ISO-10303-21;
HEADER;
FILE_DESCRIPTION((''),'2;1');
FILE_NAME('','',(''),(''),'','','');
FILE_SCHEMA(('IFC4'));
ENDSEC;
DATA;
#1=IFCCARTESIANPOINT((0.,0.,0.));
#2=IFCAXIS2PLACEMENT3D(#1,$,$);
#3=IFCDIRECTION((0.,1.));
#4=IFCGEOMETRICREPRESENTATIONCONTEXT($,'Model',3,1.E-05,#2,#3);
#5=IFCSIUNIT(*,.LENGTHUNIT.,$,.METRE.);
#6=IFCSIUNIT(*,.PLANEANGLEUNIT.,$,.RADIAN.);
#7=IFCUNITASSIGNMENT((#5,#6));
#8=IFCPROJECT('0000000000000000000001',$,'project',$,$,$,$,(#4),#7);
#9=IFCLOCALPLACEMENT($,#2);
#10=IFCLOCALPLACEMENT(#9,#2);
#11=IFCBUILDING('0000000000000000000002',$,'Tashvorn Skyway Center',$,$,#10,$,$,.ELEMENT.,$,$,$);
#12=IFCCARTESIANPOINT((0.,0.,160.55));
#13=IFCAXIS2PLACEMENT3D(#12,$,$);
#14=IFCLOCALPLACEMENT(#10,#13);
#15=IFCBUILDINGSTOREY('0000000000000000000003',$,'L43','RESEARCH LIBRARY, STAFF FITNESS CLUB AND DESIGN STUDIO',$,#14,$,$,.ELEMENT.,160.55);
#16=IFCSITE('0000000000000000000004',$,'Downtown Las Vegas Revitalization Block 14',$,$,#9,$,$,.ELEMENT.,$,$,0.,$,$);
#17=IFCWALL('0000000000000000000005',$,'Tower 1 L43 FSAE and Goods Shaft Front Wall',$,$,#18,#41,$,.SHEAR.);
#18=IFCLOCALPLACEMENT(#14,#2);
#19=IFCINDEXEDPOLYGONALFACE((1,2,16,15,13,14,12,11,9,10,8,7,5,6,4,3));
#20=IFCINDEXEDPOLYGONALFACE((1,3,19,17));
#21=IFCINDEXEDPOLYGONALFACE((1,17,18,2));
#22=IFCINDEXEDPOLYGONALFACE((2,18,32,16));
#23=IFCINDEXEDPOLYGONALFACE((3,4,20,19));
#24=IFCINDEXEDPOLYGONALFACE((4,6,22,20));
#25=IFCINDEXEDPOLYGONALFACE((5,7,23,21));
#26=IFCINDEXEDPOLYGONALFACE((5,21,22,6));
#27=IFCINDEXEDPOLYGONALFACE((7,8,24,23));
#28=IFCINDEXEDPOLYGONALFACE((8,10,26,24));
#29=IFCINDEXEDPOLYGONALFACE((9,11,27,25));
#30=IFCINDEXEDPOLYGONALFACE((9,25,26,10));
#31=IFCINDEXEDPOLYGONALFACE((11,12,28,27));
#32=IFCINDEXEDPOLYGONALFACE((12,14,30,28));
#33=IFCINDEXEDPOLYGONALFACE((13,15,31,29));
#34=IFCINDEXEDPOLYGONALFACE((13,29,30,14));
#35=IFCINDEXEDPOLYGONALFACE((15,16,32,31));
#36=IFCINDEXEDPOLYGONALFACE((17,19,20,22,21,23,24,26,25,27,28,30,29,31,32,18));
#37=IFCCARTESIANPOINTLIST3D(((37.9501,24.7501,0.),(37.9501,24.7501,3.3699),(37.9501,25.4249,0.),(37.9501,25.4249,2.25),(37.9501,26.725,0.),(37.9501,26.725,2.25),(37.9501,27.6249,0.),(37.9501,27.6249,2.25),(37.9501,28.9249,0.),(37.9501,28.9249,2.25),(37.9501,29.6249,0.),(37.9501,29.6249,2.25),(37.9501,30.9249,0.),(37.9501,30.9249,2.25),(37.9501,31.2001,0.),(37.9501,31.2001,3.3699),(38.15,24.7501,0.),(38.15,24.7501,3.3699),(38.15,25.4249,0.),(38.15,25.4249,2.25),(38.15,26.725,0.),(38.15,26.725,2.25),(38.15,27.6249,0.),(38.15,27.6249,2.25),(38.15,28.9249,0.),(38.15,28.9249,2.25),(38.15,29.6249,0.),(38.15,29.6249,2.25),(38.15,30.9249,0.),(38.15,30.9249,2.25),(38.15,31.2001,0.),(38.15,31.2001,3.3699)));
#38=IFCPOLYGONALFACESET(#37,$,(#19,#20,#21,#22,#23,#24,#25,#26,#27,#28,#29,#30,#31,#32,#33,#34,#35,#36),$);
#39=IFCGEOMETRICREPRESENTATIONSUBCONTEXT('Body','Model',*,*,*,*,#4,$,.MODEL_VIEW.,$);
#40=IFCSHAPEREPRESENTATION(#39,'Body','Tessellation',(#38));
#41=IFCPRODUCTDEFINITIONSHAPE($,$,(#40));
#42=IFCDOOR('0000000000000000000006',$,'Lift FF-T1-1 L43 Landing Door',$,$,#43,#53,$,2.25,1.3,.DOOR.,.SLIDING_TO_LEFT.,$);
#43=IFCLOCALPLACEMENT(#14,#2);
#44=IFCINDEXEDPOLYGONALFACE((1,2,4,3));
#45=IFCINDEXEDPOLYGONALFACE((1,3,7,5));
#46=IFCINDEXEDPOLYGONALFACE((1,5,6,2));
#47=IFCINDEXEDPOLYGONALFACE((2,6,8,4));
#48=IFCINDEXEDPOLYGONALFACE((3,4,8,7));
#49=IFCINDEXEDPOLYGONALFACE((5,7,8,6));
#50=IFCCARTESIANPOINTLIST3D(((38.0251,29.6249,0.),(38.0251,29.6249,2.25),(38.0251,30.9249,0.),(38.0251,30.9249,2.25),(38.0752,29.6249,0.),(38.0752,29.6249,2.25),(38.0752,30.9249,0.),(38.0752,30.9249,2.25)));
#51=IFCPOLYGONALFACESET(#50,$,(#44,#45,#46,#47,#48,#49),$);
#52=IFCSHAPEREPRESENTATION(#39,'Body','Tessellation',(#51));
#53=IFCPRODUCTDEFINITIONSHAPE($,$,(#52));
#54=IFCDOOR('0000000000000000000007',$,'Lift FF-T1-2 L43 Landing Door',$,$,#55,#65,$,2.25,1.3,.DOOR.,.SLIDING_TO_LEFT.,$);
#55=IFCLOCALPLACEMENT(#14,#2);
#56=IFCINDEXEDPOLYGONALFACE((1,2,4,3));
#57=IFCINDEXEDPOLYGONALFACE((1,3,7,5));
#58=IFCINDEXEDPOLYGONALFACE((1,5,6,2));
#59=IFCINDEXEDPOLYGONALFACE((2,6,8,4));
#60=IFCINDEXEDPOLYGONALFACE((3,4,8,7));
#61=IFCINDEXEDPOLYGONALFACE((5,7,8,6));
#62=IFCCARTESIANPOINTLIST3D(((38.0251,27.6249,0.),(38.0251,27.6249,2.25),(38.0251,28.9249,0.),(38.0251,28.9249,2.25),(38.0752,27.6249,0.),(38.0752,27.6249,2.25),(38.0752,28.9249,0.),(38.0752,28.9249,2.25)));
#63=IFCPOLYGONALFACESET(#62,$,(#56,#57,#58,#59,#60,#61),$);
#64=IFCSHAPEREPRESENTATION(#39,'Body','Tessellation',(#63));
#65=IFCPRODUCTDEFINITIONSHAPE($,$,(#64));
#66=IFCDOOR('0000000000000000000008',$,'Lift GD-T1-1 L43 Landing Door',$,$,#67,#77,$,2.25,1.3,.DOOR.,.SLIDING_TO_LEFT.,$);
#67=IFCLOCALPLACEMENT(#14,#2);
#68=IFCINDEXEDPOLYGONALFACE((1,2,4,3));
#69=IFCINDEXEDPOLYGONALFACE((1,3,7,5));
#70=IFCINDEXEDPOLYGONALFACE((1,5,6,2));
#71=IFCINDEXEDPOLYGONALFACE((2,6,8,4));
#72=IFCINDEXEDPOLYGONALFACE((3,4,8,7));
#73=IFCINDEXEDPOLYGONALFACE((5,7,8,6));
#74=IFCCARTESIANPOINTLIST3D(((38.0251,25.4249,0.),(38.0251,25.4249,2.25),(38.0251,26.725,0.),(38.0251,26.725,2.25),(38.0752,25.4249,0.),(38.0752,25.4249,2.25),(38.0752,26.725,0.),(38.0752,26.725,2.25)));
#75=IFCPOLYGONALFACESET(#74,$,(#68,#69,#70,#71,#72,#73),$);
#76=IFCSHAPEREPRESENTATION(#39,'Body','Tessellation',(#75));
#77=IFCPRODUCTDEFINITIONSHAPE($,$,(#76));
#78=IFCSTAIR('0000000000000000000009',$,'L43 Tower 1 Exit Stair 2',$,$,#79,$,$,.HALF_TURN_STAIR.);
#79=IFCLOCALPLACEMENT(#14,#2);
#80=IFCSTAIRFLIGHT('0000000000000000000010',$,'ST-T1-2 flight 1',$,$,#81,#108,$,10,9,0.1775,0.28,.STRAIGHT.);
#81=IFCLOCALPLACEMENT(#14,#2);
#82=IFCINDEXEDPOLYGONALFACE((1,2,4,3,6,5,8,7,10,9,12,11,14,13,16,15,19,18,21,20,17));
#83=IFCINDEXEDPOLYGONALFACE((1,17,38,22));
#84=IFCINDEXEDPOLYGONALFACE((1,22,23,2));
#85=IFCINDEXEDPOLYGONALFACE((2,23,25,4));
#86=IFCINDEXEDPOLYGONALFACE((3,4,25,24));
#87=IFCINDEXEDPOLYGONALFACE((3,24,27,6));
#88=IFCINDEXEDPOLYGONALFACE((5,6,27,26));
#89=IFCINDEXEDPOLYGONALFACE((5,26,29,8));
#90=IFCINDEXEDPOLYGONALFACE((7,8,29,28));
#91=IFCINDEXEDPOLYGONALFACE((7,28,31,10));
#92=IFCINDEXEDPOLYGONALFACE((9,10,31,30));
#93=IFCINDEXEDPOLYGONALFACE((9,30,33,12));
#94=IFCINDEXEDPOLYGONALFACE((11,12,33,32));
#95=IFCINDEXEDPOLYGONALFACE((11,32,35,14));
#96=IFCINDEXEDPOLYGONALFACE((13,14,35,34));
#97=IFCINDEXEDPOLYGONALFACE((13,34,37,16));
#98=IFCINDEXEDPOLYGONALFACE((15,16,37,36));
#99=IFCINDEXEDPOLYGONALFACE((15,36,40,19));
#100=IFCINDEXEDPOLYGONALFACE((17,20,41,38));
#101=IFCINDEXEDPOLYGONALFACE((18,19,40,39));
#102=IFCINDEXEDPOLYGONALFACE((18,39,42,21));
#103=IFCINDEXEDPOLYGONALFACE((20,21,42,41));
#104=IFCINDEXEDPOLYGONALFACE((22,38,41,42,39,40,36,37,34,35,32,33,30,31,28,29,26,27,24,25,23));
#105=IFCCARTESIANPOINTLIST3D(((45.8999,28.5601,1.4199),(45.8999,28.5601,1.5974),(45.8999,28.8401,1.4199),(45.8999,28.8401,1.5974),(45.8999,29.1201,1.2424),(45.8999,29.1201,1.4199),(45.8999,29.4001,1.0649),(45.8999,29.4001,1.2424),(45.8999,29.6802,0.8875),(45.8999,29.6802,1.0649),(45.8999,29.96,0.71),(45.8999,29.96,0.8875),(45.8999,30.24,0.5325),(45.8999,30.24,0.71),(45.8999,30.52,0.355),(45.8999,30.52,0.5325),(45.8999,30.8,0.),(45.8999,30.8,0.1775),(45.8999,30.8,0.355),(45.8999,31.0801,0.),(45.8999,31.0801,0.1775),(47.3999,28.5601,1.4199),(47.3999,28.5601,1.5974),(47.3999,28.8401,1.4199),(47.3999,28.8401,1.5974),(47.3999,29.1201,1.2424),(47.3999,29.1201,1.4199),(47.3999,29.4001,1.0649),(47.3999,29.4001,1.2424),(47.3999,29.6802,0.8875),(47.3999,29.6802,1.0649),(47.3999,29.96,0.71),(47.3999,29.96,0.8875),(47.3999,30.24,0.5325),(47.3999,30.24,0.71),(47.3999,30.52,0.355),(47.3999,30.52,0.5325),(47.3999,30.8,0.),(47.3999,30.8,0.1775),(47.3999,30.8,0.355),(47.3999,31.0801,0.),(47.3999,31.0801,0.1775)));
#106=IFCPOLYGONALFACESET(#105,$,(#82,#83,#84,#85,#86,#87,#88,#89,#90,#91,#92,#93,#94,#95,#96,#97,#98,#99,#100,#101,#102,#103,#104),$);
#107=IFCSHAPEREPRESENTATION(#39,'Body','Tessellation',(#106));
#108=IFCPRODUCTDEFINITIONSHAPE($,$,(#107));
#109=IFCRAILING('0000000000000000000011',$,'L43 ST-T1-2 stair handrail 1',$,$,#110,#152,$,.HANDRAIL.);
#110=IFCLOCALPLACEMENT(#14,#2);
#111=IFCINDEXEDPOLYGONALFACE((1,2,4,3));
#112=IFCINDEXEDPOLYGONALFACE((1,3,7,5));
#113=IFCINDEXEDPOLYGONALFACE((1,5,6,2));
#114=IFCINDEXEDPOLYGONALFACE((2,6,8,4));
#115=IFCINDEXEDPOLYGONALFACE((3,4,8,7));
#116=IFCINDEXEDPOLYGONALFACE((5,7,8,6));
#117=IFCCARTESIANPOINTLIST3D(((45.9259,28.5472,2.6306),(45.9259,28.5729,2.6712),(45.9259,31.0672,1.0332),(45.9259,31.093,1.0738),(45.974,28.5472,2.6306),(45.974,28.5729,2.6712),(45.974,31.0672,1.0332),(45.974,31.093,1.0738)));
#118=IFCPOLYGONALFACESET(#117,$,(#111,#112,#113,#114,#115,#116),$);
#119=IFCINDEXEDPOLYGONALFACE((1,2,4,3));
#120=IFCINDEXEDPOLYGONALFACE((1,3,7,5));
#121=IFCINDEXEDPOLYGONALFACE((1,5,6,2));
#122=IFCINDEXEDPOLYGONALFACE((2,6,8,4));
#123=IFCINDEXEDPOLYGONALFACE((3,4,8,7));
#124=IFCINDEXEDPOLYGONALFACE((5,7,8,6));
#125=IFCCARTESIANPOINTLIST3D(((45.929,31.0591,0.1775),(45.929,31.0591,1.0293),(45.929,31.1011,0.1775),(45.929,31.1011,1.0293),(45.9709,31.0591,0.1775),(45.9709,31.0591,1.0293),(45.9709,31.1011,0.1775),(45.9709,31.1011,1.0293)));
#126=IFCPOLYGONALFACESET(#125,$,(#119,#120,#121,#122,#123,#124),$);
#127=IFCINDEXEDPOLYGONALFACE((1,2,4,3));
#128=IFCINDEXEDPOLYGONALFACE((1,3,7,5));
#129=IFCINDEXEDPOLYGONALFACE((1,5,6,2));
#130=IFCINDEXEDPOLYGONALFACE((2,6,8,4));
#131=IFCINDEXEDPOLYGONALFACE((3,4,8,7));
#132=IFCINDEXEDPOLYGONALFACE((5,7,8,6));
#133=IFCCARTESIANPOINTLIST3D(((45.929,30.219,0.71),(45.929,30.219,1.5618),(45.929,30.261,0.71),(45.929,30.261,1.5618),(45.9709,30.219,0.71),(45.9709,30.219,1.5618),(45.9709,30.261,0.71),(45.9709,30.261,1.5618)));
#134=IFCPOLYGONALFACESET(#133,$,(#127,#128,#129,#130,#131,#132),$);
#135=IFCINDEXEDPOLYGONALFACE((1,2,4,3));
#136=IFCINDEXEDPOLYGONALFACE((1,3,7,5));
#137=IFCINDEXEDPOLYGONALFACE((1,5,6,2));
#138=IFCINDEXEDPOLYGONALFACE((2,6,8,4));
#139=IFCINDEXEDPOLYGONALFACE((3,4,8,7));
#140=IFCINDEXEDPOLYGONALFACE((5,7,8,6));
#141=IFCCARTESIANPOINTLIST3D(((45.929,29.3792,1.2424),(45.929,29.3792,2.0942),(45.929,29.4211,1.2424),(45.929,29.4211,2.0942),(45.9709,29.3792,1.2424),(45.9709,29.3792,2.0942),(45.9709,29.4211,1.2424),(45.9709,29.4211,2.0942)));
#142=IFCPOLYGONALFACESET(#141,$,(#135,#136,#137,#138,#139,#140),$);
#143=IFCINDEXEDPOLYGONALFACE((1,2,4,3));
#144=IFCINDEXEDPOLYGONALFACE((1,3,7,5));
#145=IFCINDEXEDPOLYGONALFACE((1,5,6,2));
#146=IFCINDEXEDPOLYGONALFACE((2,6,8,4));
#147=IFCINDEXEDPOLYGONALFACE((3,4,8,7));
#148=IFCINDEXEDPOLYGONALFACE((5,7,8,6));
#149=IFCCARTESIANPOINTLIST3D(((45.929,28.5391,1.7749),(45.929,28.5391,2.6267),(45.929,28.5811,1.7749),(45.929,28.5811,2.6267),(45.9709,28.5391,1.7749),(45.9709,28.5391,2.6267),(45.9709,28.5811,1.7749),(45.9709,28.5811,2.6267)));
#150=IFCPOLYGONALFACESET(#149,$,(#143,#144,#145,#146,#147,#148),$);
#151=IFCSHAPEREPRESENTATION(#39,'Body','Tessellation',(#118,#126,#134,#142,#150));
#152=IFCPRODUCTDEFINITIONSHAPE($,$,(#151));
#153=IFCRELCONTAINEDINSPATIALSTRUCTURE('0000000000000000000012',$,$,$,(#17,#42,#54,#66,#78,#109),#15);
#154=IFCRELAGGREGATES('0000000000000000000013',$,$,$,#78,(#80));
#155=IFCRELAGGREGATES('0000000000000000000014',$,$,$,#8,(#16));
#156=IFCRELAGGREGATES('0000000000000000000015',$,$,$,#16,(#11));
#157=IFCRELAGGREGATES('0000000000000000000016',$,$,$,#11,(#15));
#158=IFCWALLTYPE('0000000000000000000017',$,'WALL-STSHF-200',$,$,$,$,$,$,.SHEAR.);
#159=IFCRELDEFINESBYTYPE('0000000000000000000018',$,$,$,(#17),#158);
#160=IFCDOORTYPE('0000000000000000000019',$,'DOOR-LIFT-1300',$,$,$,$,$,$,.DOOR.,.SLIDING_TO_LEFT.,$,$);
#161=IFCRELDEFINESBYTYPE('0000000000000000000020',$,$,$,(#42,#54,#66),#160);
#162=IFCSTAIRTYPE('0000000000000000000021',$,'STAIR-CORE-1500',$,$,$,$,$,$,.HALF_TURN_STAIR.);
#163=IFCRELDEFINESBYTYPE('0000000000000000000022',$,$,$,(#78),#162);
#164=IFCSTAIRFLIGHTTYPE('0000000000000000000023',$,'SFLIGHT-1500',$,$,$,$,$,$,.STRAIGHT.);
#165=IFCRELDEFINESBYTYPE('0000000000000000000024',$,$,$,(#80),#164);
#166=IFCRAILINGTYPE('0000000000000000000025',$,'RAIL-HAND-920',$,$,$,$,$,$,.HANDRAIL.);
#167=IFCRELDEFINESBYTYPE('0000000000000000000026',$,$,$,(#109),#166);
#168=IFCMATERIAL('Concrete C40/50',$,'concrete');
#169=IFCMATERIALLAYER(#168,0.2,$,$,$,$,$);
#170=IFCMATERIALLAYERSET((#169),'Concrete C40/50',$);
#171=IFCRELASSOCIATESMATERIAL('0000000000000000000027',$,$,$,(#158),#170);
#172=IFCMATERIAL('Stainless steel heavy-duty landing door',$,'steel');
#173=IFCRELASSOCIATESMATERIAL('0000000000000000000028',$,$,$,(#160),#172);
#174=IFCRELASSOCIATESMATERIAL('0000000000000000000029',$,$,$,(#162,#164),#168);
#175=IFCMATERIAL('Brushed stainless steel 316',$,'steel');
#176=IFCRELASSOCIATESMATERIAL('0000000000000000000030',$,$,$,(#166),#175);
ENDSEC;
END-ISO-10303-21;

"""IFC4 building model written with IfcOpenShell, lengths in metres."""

from ifc_helpers import new_model, si_unit, direction, frame, frame_2d, origin, origin_2d, place, context, subcontext, project, spatial, polyline, rectangle, outline, extrude, material, layer, layer_set, type_object, element, fill, aggregate, save


model = new_model("IFC4")

# Units and contexts
model_context = context("Model", 3, precision=1e-05, world=origin(), true_north=direction((0.0, 1.0)))
body_context = subcontext(model_context, "Body", "Model", "MODEL_VIEW")
ifc_project = project(units=[si_unit("LENGTHUNIT", "METRE"), si_unit("PLANEANGLEUNIT", "RADIAN")], contexts=[model_context])

# Site, building, storey
site_placement = place(None, origin())
site = spatial("IfcSite", under=ifc_project, at=site_placement, Name="Downtown Las Vegas Revitalization Block 14", CompositionType="ELEMENT", RefElevation=0.0)
building_placement = place(site_placement, origin())
building = spatial("IfcBuilding", under=site, at=building_placement, Name="Tashvorn Skyway Center", CompositionType="ELEMENT")
storey_placement = place(building_placement, frame((0.0, 0.0, 160.55)))
storey = spatial("IfcBuildingStorey", under=building, at=storey_placement, Name="L43", Description="RESEARCH LIBRARY, STAFF FITNESS CLUB AND DESIGN STUDIO", CompositionType="ELEMENT", Elevation=160.55)

# Shared definitions
ifc_material_1 = material(Name="Concrete C40/50", Category="concrete")

# Shared definitions
ifc_layer_1 = layer(ifc_material_1, 0.2)
ifc_layer_set_1 = layer_set([ifc_layer_1], Name="Concrete C40/50")
wall_type_1 = type_object("IfcWallType", Name="WALL-STSHF-200", PredefinedType="SHEAR", material=ifc_layer_set_1)

# Wall, openings, doors
wall_1_placement = place(storey_placement, frame((38.05, 24.75, 0.0), z_axis=(0.0, 0.0, 1.0), x_axis=(0.0, 1.0, 0.0)))
wall_1 = element("IfcWall", 1, at=wall_1_placement, inside=storey, type_object=wall_type_1, Name="Tower 1 L43 FSAE and Goods Shaft Front Wall", PredefinedType="SHEAR", context=body_context, shape_type="SweptSolid", body=[
    extrude(rectangle(XDim=6.45, YDim=0.2, at=frame_2d((3.2251, 0.0))), origin(), (0.0, 0.0, 1.0), 3.3699),
])
opening_1_placement = place(wall_1_placement, frame((4.875, 0.0, 0.0)))
opening_1 = element("IfcOpeningElement", 2, at=opening_1_placement, cuts=wall_1, PredefinedType="OPENING", context=body_context, shape_type="SweptSolid", body=[
    extrude(rectangle(XDim=1.3, YDim=2.25, at=frame_2d((0.6499, 1.125))), frame((0.0, 0.1099, 0.0), z_axis=(0.0, -1.0, 0.0), x_axis=(1.0, 0.0, 0.0)), (0.0, 0.0, 1.0), 0.22),
])
opening_2_placement = place(wall_1_placement, frame((2.875, 0.0, 0.0)))
opening_2 = element("IfcOpeningElement", 3, at=opening_2_placement, cuts=wall_1, PredefinedType="OPENING", context=body_context, shape_type="SweptSolid", body=[
    extrude(rectangle(XDim=1.3, YDim=2.25, at=frame_2d((0.6499, 1.125))), frame((0.0, 0.1099, 0.0), z_axis=(0.0, -1.0, 0.0), x_axis=(1.0, 0.0, 0.0)), (0.0, 0.0, 1.0), 0.22),
])
opening_3_placement = place(wall_1_placement, frame((0.675, 0.0, 0.0)))
opening_3 = element("IfcOpeningElement", 4, at=opening_3_placement, cuts=wall_1, PredefinedType="OPENING", context=body_context, shape_type="SweptSolid", body=[
    extrude(rectangle(XDim=1.3, YDim=2.25, at=frame_2d((0.6499, 1.125))), frame((0.0, 0.1099, 0.0), z_axis=(0.0, -1.0, 0.0), x_axis=(1.0, 0.0, 0.0)), (0.0, 0.0, 1.0), 0.22),
])
ifc_material_2 = material(Name="Stainless steel heavy-duty landing door", Category="steel")
door_type_1 = type_object("IfcDoorType", Name="DOOR-LIFT-1300", OperationType="SLIDING_TO_LEFT", PredefinedType="DOOR", material=ifc_material_2)
door_1_placement = place(opening_1_placement, origin())
door_1 = element("IfcDoor", 5, at=door_1_placement, inside=storey, type_object=door_type_1, Name="Lift FF-T1-1 L43 Landing Door", OperationType="SLIDING_TO_LEFT", OverallHeight=2.25, OverallWidth=1.3, PredefinedType="DOOR", context=body_context, shape_type="SweptSolid", body=[
    extrude(rectangle(XDim=1.3, YDim=2.25, at=frame_2d((0.6499, 1.125))), frame((0.0, 0.0249, 0.0), z_axis=(0.0, -1.0, 0.0), x_axis=(1.0, 0.0, 0.0)), (0.0, 0.0, 1.0), 0.05),
])
fill(opening_1, door_1)
door_2_placement = place(opening_2_placement, origin())
door_2 = element("IfcDoor", 6, at=door_2_placement, inside=storey, type_object=door_type_1, Name="Lift FF-T1-2 L43 Landing Door", OperationType="SLIDING_TO_LEFT", OverallHeight=2.25, OverallWidth=1.3, PredefinedType="DOOR", context=body_context, shape_type="SweptSolid", body=[
    extrude(rectangle(XDim=1.3, YDim=2.25, at=frame_2d((0.6499, 1.125))), frame((0.0, 0.0249, 0.0), z_axis=(0.0, -1.0, 0.0), x_axis=(1.0, 0.0, 0.0)), (0.0, 0.0, 1.0), 0.05),
])
fill(opening_2, door_2)
door_3_placement = place(opening_3_placement, origin())
door_3 = element("IfcDoor", 7, at=door_3_placement, inside=storey, type_object=door_type_1, Name="Lift GD-T1-1 L43 Landing Door", OperationType="SLIDING_TO_LEFT", OverallHeight=2.25, OverallWidth=1.3, PredefinedType="DOOR", context=body_context, shape_type="SweptSolid", body=[
    extrude(rectangle(XDim=1.3, YDim=2.25, at=frame_2d((0.6499, 1.125))), frame((0.0, 0.0249, 0.0), z_axis=(0.0, -1.0, 0.0), x_axis=(1.0, 0.0, 0.0)), (0.0, 0.0, 1.0), 0.05),
])
fill(opening_3, door_3)

# Stair, stair flight
stair_type = type_object("IfcStairType", Name="STAIR-CORE-1500", PredefinedType="HALF_TURN_STAIR", material=ifc_material_1)
stair_placement = place(storey_placement, origin())
stair = element("IfcStair", 8, at=stair_placement, inside=storey, type_object=stair_type, Name="L43 Tower 1 Exit Stair 2", PredefinedType="HALF_TURN_STAIR")
stair_flight_type = type_object("IfcStairFlightType", Name="SFLIGHT-1500", PredefinedType="STRAIGHT", material=ifc_material_1)
stair_flight_placement = place(storey_placement, frame((46.6499, 31.0801, 0.0), z_axis=(0.0, 0.0, 1.0), x_axis=(0.0, -1.0, 0.0)))
stair_flight = element("IfcStairFlight", 9, at=stair_flight_placement, type_object=stair_flight_type, Name="ST-T1-2 flight 1", NumberOfRisers=10, NumberOfTreads=9, PredefinedType="STRAIGHT", RiserHeight=0.1775, TreadLength=0.28, context=body_context, shape_type="SweptSolid", body=[
    extrude(outline(polyline([(0.0, 0.0), (0.0, 0.1775), (0.28, 0.1775), (0.28, 0.355), (0.5601, 0.355), (0.5601, 0.5325), (0.8401, 0.5325), (0.8401, 0.71), (1.1201, 0.71), (1.1201, 0.8875), (1.3999, 0.8875), (1.3999, 1.0649), (1.6799, 1.0649), (1.6799, 1.2424), (1.96, 1.2424), (1.96, 1.4199), (2.24, 1.4199), (2.24, 1.5974), (2.52, 1.5974), (2.52, 1.7749), (2.52, 1.4199), (0.28, 0.0), (0.0, 0.0)])), frame((0.0, 0.75, 0.0), z_axis=(0.0, -1.0, 0.0), x_axis=(1.0, 0.0, 0.0)), (0.0, 0.0, 1.0), 1.5),
])
aggregate(stair, [stair_flight])

# Railing
ifc_material_3 = material(Name="Brushed stainless steel 316", Category="steel")
railing_type_1 = type_object("IfcRailingType", Name="RAIL-HAND-920", PredefinedType="HANDRAIL", material=ifc_material_3)
railing_1_placement = place(storey_placement, frame((45.95, 31.0801, 0.1775)))
element("IfcRailing", 10, at=railing_1_placement, inside=storey, type_object=railing_type_1, Name="L43 ST-T1-2 stair handrail 1", PredefinedType="HANDRAIL", context=body_context, shape_type="SweptSolid", body=[
    extrude(rectangle(XDim=0.0481, YDim=0.0481, at=origin_2d()), frame((0.0, 0.0, 0.876), z_axis=(0.0, -0.844607, 0.535387), x_axis=(1.0, 0.0, 0.0)), (0.0, 0.0, 1.0), 2.9836),
    extrude(rectangle(XDim=0.042, YDim=0.042, at=origin_2d()), origin(), (0.0, 0.0, 1.0), 0.8518),
    extrude(rectangle(XDim=0.042, YDim=0.042, at=origin_2d()), frame((0.0, -0.8401, 0.5325)), (0.0, 0.0, 1.0), 0.8518),
    extrude(rectangle(XDim=0.042, YDim=0.042, at=origin_2d()), frame((0.0, -1.6799, 1.0649)), (0.0, 0.0, 1.0), 0.8518),
    extrude(rectangle(XDim=0.042, YDim=0.042, at=origin_2d()), frame((0.0, -2.52, 1.5974)), (0.0, 0.0, 1.0), 0.8518),
])

save(model, "model.ifc")
